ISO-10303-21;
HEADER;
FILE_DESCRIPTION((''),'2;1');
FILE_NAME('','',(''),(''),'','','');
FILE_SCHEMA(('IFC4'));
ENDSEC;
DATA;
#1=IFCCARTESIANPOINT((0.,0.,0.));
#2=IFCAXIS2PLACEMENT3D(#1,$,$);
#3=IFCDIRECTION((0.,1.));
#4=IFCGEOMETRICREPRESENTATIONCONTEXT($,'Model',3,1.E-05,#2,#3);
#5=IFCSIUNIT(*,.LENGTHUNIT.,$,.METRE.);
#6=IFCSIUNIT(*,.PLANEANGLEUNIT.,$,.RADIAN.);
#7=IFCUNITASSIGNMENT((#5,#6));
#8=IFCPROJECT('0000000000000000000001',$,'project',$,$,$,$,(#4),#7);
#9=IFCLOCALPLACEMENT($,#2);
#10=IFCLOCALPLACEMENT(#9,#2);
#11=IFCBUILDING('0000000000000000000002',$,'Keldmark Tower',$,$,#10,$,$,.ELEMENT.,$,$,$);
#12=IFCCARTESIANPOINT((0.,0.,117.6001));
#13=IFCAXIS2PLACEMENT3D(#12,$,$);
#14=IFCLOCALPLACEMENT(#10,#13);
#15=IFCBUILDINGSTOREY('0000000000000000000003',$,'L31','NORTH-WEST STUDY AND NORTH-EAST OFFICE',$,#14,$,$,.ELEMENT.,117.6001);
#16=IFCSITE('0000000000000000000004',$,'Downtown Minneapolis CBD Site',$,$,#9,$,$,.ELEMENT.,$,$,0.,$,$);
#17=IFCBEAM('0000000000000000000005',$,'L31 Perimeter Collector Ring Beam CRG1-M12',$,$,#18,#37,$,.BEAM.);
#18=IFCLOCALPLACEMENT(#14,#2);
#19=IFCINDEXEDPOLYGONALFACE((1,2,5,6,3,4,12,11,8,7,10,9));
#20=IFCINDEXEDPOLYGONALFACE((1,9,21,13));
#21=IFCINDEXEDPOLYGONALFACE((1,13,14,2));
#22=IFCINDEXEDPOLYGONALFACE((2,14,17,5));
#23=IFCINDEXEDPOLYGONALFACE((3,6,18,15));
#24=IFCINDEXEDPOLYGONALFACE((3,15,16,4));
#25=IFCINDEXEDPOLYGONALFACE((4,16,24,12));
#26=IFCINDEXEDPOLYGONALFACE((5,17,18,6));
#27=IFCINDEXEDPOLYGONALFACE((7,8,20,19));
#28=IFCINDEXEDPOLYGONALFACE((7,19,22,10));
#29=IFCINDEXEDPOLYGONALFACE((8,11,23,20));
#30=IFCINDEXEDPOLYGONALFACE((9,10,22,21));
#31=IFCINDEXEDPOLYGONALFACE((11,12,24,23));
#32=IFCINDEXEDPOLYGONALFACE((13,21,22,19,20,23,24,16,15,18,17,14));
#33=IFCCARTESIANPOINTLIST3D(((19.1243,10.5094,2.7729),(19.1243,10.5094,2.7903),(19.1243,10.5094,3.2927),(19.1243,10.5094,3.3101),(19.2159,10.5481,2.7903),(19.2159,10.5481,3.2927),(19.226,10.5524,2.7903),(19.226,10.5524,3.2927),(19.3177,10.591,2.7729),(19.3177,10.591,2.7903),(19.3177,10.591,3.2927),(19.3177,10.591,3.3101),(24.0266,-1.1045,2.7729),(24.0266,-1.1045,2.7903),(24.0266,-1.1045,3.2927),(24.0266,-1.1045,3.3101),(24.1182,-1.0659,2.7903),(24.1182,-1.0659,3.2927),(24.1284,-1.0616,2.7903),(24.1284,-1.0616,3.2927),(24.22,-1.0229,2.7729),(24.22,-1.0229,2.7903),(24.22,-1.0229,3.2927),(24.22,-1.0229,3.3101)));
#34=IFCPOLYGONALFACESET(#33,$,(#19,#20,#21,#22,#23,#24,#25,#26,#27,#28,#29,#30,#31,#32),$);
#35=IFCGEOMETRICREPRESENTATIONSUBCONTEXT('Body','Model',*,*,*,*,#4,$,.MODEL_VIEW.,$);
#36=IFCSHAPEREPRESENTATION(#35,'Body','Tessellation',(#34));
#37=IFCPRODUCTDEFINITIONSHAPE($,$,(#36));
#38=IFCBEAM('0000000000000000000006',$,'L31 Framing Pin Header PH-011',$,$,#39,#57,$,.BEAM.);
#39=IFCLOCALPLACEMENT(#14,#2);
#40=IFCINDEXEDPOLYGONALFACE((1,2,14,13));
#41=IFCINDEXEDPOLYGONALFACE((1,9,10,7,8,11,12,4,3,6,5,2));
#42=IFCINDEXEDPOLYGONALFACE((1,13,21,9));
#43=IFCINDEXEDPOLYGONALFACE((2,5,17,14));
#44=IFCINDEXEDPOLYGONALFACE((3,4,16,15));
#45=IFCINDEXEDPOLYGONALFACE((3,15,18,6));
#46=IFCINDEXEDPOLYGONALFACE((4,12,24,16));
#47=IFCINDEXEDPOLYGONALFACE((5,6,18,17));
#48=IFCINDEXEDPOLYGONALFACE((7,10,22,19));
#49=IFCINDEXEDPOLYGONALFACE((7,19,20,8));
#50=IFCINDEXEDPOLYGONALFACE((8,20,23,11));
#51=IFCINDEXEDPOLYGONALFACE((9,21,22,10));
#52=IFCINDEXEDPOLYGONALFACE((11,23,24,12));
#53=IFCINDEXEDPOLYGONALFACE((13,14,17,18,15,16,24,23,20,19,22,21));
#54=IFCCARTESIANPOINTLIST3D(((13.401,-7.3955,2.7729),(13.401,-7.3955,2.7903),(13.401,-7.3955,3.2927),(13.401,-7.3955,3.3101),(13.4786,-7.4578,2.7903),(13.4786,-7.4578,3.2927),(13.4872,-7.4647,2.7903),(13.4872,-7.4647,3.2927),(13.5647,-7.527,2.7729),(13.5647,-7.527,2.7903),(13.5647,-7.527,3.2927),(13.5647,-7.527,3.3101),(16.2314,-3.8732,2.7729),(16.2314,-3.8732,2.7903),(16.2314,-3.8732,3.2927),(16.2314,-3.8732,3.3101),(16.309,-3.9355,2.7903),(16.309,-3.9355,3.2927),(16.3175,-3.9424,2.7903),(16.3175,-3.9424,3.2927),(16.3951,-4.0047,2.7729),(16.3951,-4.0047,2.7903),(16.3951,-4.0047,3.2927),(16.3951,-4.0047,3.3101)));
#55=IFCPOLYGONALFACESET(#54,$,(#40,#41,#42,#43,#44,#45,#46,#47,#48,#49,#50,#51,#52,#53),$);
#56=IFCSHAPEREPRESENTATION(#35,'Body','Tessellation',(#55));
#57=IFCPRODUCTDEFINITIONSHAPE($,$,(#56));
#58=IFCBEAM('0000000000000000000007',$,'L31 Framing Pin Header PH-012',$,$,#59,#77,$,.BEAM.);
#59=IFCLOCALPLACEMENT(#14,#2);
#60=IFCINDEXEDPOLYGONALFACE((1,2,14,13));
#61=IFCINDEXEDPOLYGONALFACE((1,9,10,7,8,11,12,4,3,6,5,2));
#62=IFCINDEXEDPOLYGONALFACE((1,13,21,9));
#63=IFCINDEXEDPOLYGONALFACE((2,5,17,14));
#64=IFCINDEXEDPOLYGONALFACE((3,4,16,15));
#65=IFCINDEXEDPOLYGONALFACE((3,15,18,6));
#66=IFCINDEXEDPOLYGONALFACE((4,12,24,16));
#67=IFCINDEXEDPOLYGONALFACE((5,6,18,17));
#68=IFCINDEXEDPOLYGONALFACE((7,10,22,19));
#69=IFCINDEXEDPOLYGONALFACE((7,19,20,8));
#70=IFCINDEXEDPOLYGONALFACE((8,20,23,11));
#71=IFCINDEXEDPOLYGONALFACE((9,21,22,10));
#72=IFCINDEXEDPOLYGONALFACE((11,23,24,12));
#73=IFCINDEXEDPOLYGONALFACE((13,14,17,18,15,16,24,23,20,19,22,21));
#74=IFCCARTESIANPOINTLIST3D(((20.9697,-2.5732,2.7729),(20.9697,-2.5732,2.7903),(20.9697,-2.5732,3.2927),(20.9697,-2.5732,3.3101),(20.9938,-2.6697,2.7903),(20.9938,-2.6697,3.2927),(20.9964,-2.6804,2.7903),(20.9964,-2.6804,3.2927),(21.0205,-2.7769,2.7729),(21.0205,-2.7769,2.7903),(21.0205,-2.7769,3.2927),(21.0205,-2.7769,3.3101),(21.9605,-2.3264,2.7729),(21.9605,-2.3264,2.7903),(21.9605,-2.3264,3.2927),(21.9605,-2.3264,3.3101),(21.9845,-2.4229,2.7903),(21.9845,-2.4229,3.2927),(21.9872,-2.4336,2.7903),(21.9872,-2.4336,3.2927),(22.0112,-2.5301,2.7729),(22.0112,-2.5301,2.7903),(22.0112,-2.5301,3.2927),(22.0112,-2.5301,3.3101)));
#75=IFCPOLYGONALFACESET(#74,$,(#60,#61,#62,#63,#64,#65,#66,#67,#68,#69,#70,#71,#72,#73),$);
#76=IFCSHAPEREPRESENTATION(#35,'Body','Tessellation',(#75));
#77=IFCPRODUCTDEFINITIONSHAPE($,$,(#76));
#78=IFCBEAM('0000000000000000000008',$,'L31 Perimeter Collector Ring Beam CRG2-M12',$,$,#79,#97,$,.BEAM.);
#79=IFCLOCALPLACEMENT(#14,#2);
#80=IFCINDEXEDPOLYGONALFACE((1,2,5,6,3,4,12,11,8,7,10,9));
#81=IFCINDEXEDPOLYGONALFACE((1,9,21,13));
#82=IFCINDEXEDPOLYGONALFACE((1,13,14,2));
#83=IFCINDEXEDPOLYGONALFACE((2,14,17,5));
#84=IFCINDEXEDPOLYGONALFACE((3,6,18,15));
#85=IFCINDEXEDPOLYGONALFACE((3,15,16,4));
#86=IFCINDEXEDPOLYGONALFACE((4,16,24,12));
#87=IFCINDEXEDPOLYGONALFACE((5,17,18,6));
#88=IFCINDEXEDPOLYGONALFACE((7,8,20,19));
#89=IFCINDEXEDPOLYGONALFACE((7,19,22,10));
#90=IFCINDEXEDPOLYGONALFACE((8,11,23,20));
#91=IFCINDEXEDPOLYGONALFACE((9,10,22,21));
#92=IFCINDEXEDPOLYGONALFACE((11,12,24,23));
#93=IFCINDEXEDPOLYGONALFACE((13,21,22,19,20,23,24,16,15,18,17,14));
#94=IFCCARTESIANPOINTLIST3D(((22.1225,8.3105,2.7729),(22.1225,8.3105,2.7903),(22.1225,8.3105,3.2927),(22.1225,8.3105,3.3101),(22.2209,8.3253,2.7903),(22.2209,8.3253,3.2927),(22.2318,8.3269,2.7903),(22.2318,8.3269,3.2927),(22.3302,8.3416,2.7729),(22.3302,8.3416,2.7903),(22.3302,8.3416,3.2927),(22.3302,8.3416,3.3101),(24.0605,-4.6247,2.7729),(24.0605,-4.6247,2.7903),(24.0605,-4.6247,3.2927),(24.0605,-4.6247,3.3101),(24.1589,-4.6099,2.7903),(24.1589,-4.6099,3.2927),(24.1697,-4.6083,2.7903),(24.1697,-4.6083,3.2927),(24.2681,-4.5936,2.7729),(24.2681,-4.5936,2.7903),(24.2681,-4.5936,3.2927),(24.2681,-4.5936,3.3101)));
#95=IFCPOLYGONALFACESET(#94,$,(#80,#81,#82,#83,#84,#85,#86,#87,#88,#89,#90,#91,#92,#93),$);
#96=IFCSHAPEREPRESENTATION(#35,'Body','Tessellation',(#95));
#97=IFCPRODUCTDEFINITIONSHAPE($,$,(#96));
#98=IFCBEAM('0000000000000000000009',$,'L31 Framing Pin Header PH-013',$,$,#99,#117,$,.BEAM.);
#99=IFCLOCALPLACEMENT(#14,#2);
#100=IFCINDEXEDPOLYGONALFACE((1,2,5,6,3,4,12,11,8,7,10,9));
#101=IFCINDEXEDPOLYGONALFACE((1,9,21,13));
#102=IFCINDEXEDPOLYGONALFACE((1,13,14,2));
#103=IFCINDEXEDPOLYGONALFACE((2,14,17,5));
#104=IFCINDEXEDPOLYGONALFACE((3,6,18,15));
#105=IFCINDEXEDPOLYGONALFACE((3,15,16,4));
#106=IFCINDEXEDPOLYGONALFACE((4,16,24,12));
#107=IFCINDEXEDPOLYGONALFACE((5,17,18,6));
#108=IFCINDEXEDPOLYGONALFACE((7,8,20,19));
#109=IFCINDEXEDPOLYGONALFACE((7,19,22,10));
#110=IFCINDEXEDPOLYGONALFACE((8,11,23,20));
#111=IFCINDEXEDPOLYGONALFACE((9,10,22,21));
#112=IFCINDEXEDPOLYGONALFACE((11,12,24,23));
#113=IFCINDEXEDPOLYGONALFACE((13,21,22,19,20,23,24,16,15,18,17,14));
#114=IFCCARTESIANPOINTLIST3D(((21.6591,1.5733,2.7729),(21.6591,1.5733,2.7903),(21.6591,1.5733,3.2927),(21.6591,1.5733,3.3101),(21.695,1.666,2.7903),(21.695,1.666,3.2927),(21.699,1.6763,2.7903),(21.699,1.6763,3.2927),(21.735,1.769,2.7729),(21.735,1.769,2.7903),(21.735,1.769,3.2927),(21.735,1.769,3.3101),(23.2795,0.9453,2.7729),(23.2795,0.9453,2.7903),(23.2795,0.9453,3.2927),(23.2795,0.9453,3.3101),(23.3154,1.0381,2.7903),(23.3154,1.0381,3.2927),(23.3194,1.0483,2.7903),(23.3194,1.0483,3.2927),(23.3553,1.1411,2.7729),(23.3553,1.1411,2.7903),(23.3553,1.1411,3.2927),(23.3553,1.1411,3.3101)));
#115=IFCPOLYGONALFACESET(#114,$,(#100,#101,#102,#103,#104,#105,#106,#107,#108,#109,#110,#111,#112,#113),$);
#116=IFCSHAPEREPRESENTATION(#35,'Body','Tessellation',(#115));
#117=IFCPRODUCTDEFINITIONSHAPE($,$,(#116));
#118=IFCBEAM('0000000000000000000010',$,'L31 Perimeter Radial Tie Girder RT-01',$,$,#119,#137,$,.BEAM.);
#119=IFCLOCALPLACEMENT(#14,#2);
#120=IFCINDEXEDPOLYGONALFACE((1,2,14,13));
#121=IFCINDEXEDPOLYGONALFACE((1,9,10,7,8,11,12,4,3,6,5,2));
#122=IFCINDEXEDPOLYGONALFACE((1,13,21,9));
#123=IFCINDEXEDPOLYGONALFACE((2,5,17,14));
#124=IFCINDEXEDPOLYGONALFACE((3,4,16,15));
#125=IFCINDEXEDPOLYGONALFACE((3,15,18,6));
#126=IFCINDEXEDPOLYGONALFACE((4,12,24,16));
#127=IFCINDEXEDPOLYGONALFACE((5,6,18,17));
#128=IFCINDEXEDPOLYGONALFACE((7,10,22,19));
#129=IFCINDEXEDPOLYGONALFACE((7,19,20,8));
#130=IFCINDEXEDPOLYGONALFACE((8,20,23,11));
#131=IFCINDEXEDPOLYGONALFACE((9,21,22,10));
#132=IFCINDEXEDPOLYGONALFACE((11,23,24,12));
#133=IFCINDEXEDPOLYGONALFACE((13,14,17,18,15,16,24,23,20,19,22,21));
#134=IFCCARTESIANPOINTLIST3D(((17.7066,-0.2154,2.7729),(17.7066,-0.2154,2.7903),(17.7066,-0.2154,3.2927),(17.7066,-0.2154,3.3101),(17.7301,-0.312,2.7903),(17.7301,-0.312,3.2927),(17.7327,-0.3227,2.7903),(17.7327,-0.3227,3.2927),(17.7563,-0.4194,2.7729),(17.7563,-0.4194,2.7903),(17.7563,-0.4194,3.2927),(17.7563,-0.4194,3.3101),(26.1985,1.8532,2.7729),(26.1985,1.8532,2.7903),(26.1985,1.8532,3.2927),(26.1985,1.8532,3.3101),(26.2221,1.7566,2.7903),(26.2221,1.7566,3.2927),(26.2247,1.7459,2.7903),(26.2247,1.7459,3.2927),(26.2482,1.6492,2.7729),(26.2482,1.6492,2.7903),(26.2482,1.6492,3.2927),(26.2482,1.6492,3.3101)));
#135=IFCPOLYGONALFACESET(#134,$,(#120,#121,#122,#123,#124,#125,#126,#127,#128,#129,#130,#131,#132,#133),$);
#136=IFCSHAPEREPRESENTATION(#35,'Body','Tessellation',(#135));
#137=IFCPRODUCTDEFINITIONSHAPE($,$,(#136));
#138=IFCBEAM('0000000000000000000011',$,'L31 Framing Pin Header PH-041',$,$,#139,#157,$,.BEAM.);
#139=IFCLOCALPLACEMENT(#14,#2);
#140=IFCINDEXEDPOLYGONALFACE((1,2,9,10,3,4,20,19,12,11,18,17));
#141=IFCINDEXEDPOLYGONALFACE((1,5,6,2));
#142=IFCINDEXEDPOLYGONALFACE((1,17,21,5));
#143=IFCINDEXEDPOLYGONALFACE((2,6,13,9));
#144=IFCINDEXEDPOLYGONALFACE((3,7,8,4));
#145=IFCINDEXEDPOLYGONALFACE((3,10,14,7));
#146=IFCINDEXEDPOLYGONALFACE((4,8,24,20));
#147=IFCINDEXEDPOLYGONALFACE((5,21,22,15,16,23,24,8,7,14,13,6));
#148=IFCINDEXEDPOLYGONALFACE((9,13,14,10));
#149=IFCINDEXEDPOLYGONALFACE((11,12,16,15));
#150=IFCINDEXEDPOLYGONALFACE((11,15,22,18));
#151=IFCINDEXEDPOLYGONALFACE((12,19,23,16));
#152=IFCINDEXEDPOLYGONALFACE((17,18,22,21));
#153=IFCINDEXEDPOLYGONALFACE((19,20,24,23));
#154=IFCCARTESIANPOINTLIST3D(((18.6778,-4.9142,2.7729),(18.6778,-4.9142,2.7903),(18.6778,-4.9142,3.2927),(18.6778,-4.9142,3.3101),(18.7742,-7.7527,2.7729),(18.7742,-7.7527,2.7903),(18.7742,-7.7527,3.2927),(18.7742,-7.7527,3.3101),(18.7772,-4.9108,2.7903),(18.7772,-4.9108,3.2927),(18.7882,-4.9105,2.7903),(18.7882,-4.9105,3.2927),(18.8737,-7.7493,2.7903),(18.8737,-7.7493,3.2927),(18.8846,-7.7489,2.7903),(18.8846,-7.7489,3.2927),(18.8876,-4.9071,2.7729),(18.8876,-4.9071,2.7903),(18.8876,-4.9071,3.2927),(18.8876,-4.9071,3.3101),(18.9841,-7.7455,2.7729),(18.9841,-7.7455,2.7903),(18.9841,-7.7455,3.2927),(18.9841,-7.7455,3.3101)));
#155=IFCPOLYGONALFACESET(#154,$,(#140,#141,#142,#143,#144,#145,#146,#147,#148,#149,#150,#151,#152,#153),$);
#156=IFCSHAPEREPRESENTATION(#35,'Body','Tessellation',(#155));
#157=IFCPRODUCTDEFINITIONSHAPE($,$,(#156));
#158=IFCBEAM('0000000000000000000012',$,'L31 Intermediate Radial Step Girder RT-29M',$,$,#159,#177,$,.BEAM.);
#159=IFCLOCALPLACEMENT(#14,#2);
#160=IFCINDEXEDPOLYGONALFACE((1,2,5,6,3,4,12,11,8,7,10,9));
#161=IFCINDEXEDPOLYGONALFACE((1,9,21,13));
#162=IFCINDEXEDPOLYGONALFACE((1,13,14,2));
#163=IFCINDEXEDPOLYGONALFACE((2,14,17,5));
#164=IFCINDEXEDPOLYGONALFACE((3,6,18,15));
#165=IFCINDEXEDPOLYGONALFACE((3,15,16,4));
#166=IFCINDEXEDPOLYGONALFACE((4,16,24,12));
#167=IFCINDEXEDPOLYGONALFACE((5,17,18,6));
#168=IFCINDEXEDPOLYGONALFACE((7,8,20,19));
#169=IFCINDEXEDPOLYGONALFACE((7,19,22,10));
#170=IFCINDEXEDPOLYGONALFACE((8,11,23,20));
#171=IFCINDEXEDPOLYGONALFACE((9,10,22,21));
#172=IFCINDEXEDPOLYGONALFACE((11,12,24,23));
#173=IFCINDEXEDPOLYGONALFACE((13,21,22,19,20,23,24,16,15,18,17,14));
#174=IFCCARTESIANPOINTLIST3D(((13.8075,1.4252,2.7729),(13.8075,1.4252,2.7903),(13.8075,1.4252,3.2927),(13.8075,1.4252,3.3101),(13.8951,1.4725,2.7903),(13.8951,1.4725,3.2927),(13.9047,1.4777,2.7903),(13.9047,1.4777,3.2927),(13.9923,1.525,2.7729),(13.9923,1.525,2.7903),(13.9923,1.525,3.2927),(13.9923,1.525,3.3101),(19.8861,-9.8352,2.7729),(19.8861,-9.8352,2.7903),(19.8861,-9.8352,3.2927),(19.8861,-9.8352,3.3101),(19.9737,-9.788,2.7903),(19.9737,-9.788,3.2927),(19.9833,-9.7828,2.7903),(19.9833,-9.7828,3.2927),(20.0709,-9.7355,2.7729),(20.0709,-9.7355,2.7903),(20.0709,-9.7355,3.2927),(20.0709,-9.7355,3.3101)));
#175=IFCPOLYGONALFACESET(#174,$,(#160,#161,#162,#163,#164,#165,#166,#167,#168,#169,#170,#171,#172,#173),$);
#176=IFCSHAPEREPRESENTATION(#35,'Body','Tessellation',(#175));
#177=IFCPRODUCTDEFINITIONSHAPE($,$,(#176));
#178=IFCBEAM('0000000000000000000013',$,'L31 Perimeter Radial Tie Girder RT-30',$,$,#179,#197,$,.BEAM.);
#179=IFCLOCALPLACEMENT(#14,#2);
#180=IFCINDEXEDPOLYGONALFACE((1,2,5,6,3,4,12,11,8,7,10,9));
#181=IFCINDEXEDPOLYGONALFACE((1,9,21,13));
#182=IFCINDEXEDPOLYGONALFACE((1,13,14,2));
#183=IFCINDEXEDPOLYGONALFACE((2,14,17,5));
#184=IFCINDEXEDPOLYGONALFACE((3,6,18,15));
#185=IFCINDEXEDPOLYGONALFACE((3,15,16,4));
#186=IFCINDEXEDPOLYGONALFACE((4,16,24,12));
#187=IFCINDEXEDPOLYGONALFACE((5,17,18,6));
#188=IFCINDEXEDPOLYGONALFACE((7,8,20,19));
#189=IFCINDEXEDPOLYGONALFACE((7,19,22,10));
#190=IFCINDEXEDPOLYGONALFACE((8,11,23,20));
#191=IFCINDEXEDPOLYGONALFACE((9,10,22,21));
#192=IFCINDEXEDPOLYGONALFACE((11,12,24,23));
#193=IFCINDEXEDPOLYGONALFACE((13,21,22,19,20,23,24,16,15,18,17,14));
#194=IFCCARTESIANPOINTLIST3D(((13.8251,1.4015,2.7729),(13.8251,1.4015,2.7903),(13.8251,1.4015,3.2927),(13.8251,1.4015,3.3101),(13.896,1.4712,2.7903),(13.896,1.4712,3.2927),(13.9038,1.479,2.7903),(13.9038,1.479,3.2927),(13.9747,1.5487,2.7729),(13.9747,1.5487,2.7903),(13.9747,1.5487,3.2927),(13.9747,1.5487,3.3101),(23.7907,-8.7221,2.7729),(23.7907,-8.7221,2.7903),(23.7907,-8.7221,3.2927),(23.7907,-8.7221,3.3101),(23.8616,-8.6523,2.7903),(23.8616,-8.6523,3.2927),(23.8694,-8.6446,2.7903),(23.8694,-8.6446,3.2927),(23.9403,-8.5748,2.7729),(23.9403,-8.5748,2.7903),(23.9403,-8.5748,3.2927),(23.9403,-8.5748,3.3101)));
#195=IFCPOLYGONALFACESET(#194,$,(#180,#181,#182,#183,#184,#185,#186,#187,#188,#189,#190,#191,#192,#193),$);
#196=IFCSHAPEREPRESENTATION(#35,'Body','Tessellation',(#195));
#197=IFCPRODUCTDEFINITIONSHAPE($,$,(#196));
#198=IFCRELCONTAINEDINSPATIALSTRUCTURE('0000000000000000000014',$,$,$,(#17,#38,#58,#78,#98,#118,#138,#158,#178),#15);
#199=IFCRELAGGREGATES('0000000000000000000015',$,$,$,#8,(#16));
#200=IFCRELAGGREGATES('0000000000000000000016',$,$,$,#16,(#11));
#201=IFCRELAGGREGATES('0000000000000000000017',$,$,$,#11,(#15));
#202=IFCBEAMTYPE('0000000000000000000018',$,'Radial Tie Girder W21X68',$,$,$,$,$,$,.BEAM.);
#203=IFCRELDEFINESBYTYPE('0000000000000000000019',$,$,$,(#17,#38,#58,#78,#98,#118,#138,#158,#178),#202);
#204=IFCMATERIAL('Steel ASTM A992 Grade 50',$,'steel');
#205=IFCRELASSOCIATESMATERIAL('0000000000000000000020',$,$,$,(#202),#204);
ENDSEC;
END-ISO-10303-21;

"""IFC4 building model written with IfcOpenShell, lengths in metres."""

from ifc_helpers import new_model, si_unit, direction, frame, origin, origin_2d, place, context, subcontext, project, spatial, i_section, extrude, material, material_profile, profile_set, type_object, element, save


model = new_model("IFC4")

# Units and contexts
model_context = context("Model", 3, precision=1e-05, world=origin(), true_north=direction((0.0, 1.0)))
body_context = subcontext(model_context, "Body", "Model", "MODEL_VIEW")
ifc_project = project(units=[si_unit("LENGTHUNIT", "METRE"), si_unit("PLANEANGLEUNIT", "RADIAN")], contexts=[model_context])

# Site, building, storey
site_placement = place(None, origin())
site = spatial("IfcSite", under=ifc_project, at=site_placement, Name="Downtown Minneapolis CBD Site", CompositionType="ELEMENT", RefElevation=0.0)
building_placement = place(site_placement, origin())
building = spatial("IfcBuilding", under=site, at=building_placement, Name="Keldmark Tower", CompositionType="ELEMENT")
storey_placement = place(building_placement, frame((0.0, 0.0, 117.6001)))
storey = spatial("IfcBuildingStorey", under=building, at=storey_placement, Name="L31", Description="NORTH-WEST STUDY AND NORTH-EAST OFFICE", CompositionType="ELEMENT", Elevation=117.6001)

# Beams
ifc_material_1 = material(Name="Steel ASTM A992 Grade 50", Category="steel")
ifc_material_profile_1 = material_profile(ifc_material_1, i_section(OverallWidth=0.21, OverallDepth=0.5371, WebThickness=0.011, FlangeThickness=0.0173, at=origin_2d()), Name="W21X68")
ifc_profile_set_1 = profile_set([ifc_material_profile_1], Name="Steel ASTM A992 Grade 50")
beam_type_1 = type_object("IfcBeamType", Name="Radial Tie Girder W21X68", PredefinedType="BEAM", material=ifc_profile_set_1)
beam_1_placement = place(storey_placement, frame((24.1233, -1.0637, 3.0415), z_axis=(-0.388881, 0.921288, 0.0), x_axis=(-0.921288, -0.388881, 0.0)))
element("IfcBeam", 1, at=beam_1_placement, inside=storey, type_object=beam_type_1, Name="L31 Perimeter Collector Ring Beam CRG1-M12", PredefinedType="BEAM", context=body_context, shape_type="SweptSolid", body=[
    extrude(i_section(OverallWidth=0.21, OverallDepth=0.5371, WebThickness=0.011, FlangeThickness=0.0173, at=origin_2d()), origin(), (0.0, 0.0, 1.0), 12.6062),
])
beam_2_placement = place(storey_placement, frame((16.3132, -3.939, 3.0415), z_axis=(-0.626387, -0.779512, 0.0), x_axis=(0.779512, -0.626387, 0.0)))
element("IfcBeam", 2, at=beam_2_placement, inside=storey, type_object=beam_type_1, Name="L31 Framing Pin Header PH-011", PredefinedType="BEAM", context=body_context, shape_type="SweptSolid", body=[
    extrude(i_section(OverallWidth=0.21, OverallDepth=0.5371, WebThickness=0.011, FlangeThickness=0.0173, at=origin_2d()), origin(), (0.0, 0.0, 1.0), 4.5186),
])
beam_3_placement = place(storey_placement, frame((20.9951, -2.675, 3.0415), z_axis=(0.970339, 0.241748, 0.0), x_axis=(-0.241748, 0.970339, 0.0)))
element("IfcBeam", 3, at=beam_3_placement, inside=storey, type_object=beam_type_1, Name="L31 Framing Pin Header PH-012", PredefinedType="BEAM", context=body_context, shape_type="SweptSolid", body=[
    extrude(i_section(OverallWidth=0.21, OverallDepth=0.5371, WebThickness=0.011, FlangeThickness=0.0173, at=origin_2d()), origin(), (0.0, 0.0, 1.0), 1.021),
])
beam_4_placement = place(storey_placement, frame((24.1643, -4.6091, 3.0415), z_axis=(-0.148168, 0.988962, 0.0), x_axis=(-0.988962, -0.148168, 0.0)))
element("IfcBeam", 4, at=beam_4_placement, inside=storey, type_object=beam_type_1, Name="L31 Perimeter Collector Ring Beam CRG2-M12", PredefinedType="BEAM", context=body_context, shape_type="SweptSolid", body=[
    extrude(i_section(OverallWidth=0.21, OverallDepth=0.5371, WebThickness=0.011, FlangeThickness=0.0173, at=origin_2d()), origin(), (0.0, 0.0, 1.0), 13.0796),
])
beam_5_placement = place(storey_placement, frame((21.697, 1.6711, 3.0415), z_axis=(0.932434, -0.361341, 0.0), x_axis=(0.361341, 0.932434, 0.0)))
element("IfcBeam", 5, at=beam_5_placement, inside=storey, type_object=beam_type_1, Name="L31 Framing Pin Header PH-013", PredefinedType="BEAM", context=body_context, shape_type="SweptSolid", body=[
    extrude(i_section(OverallWidth=0.21, OverallDepth=0.5371, WebThickness=0.011, FlangeThickness=0.0173, at=origin_2d()), origin(), (0.0, 0.0, 1.0), 1.7378),
])
beam_6_placement = place(storey_placement, frame((17.7314, -0.3174, 3.0415), z_axis=(0.971589, 0.236675, 0.0), x_axis=(-0.236675, 0.971589, 0.0)))
element("IfcBeam", 6, at=beam_6_placement, inside=storey, type_object=beam_type_1, Name="L31 Perimeter Radial Tie Girder RT-01", PredefinedType="BEAM", context=body_context, shape_type="SweptSolid", body=[
    extrude(i_section(OverallWidth=0.21, OverallDepth=0.5371, WebThickness=0.011, FlangeThickness=0.0173, at=origin_2d()), origin(), (0.0, 0.0, 1.0), 8.7402),
])
beam_7_placement = place(storey_placement, frame((18.7827, -4.9106, 3.0415), z_axis=(0.033956, -0.999423, 0.0), x_axis=(0.999423, 0.033956, 0.0)))
element("IfcBeam", 7, at=beam_7_placement, inside=storey, type_object=beam_type_1, Name="L31 Framing Pin Header PH-041", PredefinedType="BEAM", context=body_context, shape_type="SweptSolid", body=[
    extrude(i_section(OverallWidth=0.21, OverallDepth=0.5371, WebThickness=0.011, FlangeThickness=0.0173, at=origin_2d()), origin(), (0.0, 0.0, 1.0), 2.8401),
])
beam_8_placement = place(storey_placement, frame((13.8999, 1.4751, 3.0415), z_axis=(0.475025, -0.879973, 0.0), x_axis=(0.879973, 0.475025, 0.0)))
element("IfcBeam", 8, at=beam_8_placement, inside=storey, type_object=beam_type_1, Name="L31 Intermediate Radial Step Girder RT-29M", PredefinedType="BEAM", context=body_context, shape_type="SweptSolid", body=[
    extrude(i_section(OverallWidth=0.21, OverallDepth=0.5371, WebThickness=0.011, FlangeThickness=0.0173, at=origin_2d()), origin(), (0.0, 0.0, 1.0), 12.7964),
])
beam_9_placement = place(storey_placement, frame((13.8999, 1.4751, 3.0415), z_axis=(0.701525, -0.712645, 0.0), x_axis=(0.712645, 0.701525, 0.0)))
element("IfcBeam", 9, at=beam_9_placement, inside=storey, type_object=beam_type_1, Name="L31 Perimeter Radial Tie Girder RT-30", PredefinedType="BEAM", context=body_context, shape_type="SweptSolid", body=[
    extrude(i_section(OverallWidth=0.21, OverallDepth=0.5371, WebThickness=0.011, FlangeThickness=0.0173, at=origin_2d()), origin(), (0.0, 0.0, 1.0), 14.2056),
])

save(model, "model.ifc")
